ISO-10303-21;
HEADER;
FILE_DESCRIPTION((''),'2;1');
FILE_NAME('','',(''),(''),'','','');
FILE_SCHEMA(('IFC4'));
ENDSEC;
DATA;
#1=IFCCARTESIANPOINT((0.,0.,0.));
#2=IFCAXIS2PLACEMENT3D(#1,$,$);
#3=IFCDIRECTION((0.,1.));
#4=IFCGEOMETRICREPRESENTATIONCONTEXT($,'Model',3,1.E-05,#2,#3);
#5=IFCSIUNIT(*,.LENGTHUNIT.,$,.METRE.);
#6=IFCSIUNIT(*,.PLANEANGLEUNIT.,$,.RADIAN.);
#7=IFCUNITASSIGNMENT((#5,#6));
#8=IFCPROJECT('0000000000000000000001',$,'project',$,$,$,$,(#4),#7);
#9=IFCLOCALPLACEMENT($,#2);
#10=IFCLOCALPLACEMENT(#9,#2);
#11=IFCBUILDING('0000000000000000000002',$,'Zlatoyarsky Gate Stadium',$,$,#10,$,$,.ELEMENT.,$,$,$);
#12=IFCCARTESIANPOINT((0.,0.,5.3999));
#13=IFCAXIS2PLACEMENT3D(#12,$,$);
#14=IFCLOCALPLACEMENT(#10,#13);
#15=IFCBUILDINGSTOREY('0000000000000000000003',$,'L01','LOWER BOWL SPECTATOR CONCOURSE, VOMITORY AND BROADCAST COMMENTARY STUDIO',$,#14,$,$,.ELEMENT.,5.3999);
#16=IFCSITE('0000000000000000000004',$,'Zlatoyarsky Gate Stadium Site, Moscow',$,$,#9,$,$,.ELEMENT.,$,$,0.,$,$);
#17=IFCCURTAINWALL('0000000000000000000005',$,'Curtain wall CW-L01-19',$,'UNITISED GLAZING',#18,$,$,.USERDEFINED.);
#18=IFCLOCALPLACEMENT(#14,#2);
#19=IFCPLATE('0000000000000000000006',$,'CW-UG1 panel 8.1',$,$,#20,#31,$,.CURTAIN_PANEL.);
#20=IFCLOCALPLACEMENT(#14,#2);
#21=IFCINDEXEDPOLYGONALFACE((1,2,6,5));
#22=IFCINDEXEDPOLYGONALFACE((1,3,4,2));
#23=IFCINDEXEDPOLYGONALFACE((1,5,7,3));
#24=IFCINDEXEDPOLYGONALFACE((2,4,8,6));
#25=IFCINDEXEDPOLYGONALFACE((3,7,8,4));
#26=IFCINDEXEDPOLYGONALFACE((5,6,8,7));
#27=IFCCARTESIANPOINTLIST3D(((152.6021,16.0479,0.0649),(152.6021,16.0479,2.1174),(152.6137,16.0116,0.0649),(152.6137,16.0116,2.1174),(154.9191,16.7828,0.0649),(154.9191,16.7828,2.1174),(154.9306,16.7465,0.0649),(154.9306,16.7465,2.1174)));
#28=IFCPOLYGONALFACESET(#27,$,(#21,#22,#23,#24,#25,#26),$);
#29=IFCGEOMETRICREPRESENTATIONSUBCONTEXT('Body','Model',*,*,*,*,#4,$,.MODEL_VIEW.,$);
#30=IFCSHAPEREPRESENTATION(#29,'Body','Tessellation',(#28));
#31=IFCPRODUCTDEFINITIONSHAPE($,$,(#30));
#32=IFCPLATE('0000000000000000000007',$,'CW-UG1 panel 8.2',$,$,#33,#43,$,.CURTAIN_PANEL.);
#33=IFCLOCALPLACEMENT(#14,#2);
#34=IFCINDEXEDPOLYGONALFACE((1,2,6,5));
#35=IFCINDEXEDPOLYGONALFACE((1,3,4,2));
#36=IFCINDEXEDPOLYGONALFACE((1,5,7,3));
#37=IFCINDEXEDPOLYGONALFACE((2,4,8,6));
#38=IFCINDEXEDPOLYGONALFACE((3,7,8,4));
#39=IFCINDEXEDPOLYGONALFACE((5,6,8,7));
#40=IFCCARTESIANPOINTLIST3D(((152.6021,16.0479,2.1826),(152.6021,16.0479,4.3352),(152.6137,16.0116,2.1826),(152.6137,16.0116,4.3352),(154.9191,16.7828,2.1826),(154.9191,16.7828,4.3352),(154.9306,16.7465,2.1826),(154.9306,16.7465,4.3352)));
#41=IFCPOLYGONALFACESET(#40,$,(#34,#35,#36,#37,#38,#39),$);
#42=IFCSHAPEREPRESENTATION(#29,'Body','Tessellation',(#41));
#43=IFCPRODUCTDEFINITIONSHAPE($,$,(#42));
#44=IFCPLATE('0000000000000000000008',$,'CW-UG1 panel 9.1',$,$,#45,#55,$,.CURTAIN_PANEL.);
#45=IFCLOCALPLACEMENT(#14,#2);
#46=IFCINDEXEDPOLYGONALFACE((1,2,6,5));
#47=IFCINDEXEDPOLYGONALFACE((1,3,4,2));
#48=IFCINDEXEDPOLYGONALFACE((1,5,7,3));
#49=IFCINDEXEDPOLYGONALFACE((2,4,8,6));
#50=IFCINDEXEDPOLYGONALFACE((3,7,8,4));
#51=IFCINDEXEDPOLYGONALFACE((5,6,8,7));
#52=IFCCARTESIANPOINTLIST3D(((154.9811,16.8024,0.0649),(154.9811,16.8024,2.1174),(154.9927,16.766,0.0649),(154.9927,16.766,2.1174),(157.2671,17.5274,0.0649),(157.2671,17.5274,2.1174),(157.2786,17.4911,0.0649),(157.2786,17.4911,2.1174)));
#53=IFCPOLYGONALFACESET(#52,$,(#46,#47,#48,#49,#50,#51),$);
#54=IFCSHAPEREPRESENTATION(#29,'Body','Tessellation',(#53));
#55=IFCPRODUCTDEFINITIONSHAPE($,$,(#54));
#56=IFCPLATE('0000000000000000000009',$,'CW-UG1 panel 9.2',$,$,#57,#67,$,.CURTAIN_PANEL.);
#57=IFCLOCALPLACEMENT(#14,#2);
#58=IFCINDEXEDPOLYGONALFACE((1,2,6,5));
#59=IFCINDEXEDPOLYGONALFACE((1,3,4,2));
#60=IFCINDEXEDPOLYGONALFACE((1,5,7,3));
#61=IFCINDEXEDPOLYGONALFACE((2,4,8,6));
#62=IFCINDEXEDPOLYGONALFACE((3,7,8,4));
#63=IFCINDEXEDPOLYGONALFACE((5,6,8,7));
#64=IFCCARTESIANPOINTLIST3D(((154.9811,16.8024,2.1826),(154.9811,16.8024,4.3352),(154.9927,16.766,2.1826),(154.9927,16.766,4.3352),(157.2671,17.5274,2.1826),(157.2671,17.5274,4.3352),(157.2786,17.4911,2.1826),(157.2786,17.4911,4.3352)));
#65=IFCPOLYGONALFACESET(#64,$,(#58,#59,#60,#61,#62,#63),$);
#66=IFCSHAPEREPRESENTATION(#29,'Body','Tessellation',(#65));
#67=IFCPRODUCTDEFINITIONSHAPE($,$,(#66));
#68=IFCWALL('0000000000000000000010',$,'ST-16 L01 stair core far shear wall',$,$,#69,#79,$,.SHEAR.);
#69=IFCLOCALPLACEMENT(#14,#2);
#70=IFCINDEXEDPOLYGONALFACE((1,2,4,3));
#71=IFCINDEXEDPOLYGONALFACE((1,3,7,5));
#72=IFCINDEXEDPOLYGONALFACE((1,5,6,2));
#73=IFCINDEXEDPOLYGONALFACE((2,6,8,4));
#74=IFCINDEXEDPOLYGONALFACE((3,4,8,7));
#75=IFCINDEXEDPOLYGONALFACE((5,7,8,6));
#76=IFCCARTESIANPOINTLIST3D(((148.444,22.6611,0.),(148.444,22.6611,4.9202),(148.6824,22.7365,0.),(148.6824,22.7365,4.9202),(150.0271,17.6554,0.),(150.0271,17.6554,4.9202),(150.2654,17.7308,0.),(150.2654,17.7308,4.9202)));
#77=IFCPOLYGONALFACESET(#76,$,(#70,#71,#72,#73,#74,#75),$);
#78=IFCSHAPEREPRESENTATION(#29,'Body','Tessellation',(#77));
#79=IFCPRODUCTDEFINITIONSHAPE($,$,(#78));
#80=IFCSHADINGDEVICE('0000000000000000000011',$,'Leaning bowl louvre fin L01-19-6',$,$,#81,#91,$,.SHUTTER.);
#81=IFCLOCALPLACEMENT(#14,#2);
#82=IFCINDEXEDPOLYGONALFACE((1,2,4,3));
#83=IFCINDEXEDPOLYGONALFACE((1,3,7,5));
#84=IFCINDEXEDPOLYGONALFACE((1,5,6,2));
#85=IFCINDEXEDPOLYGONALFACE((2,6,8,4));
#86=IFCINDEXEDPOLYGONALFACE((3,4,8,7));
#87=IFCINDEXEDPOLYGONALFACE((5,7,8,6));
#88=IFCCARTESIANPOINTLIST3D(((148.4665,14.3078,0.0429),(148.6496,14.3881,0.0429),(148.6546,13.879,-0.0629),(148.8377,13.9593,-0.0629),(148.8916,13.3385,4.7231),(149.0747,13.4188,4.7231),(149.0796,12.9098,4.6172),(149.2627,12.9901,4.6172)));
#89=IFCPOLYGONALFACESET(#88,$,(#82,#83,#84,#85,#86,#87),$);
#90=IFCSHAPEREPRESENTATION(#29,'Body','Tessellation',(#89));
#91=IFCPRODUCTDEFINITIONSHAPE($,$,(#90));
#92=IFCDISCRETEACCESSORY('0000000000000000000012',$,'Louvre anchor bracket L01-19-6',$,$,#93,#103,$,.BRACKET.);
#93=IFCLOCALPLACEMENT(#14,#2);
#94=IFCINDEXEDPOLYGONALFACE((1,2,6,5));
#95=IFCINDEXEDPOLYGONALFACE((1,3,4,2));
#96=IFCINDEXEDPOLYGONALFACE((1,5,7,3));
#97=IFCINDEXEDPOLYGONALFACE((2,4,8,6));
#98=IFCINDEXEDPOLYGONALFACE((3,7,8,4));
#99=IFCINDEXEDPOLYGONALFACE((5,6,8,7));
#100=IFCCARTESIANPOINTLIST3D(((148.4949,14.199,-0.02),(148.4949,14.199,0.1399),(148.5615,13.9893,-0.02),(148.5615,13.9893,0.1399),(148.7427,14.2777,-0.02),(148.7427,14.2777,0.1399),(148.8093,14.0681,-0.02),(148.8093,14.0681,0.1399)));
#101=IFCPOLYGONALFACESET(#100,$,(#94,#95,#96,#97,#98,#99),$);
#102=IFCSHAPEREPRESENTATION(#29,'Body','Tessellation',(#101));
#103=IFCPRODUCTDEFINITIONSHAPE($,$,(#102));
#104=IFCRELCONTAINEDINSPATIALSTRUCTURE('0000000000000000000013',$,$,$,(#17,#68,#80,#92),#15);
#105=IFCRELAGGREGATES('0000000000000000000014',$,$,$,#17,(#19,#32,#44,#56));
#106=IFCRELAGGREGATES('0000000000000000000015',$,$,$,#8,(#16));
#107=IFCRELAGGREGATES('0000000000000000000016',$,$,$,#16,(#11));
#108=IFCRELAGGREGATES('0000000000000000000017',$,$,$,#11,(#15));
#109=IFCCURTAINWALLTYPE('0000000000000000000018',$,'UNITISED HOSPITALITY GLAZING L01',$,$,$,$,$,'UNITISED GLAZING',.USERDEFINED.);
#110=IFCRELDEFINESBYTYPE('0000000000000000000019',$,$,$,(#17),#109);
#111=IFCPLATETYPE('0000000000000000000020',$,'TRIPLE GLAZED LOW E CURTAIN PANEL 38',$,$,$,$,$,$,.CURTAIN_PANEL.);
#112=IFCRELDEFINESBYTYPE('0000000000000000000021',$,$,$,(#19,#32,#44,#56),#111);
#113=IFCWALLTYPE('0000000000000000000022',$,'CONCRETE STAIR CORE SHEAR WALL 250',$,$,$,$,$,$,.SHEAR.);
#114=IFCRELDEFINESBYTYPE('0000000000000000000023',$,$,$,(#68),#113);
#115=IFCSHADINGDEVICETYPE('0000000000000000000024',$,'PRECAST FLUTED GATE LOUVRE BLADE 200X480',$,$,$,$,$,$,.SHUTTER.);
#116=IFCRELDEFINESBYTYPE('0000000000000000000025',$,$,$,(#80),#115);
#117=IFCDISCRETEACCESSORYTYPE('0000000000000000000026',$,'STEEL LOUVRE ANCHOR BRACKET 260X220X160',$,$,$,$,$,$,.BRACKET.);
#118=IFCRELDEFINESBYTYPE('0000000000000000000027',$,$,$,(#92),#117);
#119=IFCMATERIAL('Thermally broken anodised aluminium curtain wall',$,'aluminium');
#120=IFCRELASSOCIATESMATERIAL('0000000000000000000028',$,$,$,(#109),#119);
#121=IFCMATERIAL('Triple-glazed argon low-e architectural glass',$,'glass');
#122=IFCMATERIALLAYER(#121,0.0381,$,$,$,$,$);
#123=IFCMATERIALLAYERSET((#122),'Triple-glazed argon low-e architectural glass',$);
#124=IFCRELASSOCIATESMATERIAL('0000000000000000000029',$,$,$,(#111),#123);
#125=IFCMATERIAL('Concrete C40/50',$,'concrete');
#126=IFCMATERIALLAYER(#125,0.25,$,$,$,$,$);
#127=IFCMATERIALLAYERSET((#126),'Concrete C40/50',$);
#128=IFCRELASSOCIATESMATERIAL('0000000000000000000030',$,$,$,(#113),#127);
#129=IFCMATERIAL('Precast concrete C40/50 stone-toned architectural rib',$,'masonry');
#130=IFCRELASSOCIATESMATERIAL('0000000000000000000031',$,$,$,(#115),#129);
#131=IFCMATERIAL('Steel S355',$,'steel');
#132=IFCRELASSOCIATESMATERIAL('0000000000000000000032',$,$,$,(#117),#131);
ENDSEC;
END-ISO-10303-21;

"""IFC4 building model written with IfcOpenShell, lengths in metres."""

from ifc_helpers import new_model, si_unit, direction, frame, frame_2d, origin, origin_2d, place, context, subcontext, project, spatial, rectangle, extrude, material, layer, layer_set, material_profile, profile_set, type_object, element, aggregate, save


model = new_model("IFC4")

# Units and contexts
model_context = context("Model", 3, precision=1e-05, world=origin(), true_north=direction((0.0, 1.0)))
body_context = subcontext(model_context, "Body", "Model", "MODEL_VIEW")
ifc_project = project(units=[si_unit("LENGTHUNIT", "METRE"), si_unit("PLANEANGLEUNIT", "RADIAN")], contexts=[model_context])

# Site, building, storey
site_placement = place(None, origin())
site = spatial("IfcSite", under=ifc_project, at=site_placement, Name="Zlatoyarsky Gate Stadium Site, Moscow", CompositionType="ELEMENT", RefElevation=0.0)
building_placement = place(site_placement, origin())
building = spatial("IfcBuilding", under=site, at=building_placement, Name="Zlatoyarsky Gate Stadium", CompositionType="ELEMENT")
storey_placement = place(building_placement, frame((0.0, 0.0, 5.3999)))
storey = spatial("IfcBuildingStorey", under=building, at=storey_placement, Name="L01", Description="LOWER BOWL SPECTATOR CONCOURSE, VOMITORY AND BROADCAST COMMENTARY STUDIO", CompositionType="ELEMENT", Elevation=5.3999)

# Shared definitions
ifc_material_1 = material(Name="Steel S355", Category="steel")

# Curtain wall
ifc_material_2 = material(Name="Thermally broken anodised aluminium curtain wall", Category="aluminium")
curtain_wall_type = type_object("IfcCurtainWallType", Name="UNITISED HOSPITALITY GLAZING L01", ElementType="UNITISED GLAZING", PredefinedType="USERDEFINED", material=ifc_material_2)
curtain_wall_placement = place(storey_placement, origin())
curtain_wall = element("IfcCurtainWall", 1, at=curtain_wall_placement, inside=storey, type_object=curtain_wall_type, Name="Curtain wall CW-L01-19", ObjectType="UNITISED GLAZING", PredefinedType="USERDEFINED")

# Plates
ifc_material_3 = material(Name="Triple-glazed argon low-e architectural glass", Category="glass")
ifc_layer_1 = layer(ifc_material_3, 0.0381)
ifc_layer_set_1 = layer_set([ifc_layer_1], Name="Triple-glazed argon low-e architectural glass")
plate_type_1 = type_object("IfcPlateType", Name="TRIPLE GLAZED LOW E CURTAIN PANEL 38", PredefinedType="CURTAIN_PANEL", material=ifc_layer_set_1)
plate_1_placement = place(storey_placement, frame((153.7664, 16.3972, 0.0649), z_axis=(0.0, 0.0, 1.0), x_axis=(0.953202, 0.302334, 0.0)))
plate_1 = element("IfcPlate", 2, at=plate_1_placement, type_object=plate_type_1, Name="CW-UG1 panel 8.1", PredefinedType="CURTAIN_PANEL", context=body_context, shape_type="SweptSolid", body=[
    extrude(rectangle(XDim=2.4307, YDim=0.0381, at=origin_2d()), origin(), (0.0, 0.0, 1.0), 2.0525),
])
plate_2_placement = place(storey_placement, frame((153.7664, 16.3972, 2.1826), z_axis=(0.0, 0.0, 1.0), x_axis=(0.953202, 0.302334, 0.0)))
plate_2 = element("IfcPlate", 3, at=plate_2_placement, type_object=plate_type_1, Name="CW-UG1 panel 8.2", PredefinedType="CURTAIN_PANEL", context=body_context, shape_type="SweptSolid", body=[
    extrude(rectangle(XDim=2.4307, YDim=0.0381, at=origin_2d()), origin(), (0.0, 0.0, 1.0), 2.1526),
])
plate_3_placement = place(storey_placement, frame((156.1299, 17.1467, 0.0649), z_axis=(0.0, 0.0, 1.0), x_axis=(0.953202, 0.302334, 0.0)))
plate_3 = element("IfcPlate", 4, at=plate_3_placement, type_object=plate_type_1, Name="CW-UG1 panel 9.1", PredefinedType="CURTAIN_PANEL", context=body_context, shape_type="SweptSolid", body=[
    extrude(rectangle(XDim=2.3982, YDim=0.0381, at=origin_2d()), origin(), (0.0, 0.0, 1.0), 2.0525),
])
plate_4_placement = place(storey_placement, frame((156.1299, 17.1467, 2.1826), z_axis=(0.0, 0.0, 1.0), x_axis=(0.953202, 0.302334, 0.0)))
plate_4 = element("IfcPlate", 5, at=plate_4_placement, type_object=plate_type_1, Name="CW-UG1 panel 9.2", PredefinedType="CURTAIN_PANEL", context=body_context, shape_type="SweptSolid", body=[
    extrude(rectangle(XDim=2.3982, YDim=0.0381, at=origin_2d()), origin(), (0.0, 0.0, 1.0), 2.1526),
])
aggregate(curtain_wall, [plate_1, plate_2, plate_3, plate_4])

# Wall
ifc_material_4 = material(Name="Concrete C40/50", Category="concrete")
ifc_layer_2 = layer(ifc_material_4, 0.25)
ifc_layer_set_2 = layer_set([ifc_layer_2], Name="Concrete C40/50")
wall_type = type_object("IfcWallType", Name="CONCRETE STAIR CORE SHEAR WALL 250", PredefinedType="SHEAR", material=ifc_layer_set_2)
wall_placement = place(storey_placement, frame((150.1462, 17.6931, 0.0), z_axis=(0.0, 0.0, 1.0), x_axis=(-0.301527, 0.953457, 0.0)))
element("IfcWall", 6, at=wall_placement, inside=storey, type_object=wall_type, Name="ST-16 L01 stair core far shear wall", PredefinedType="SHEAR", context=body_context, shape_type="SweptSolid", body=[
    extrude(rectangle(XDim=5.25, YDim=0.25, at=frame_2d((2.625, 0.0))), origin(), (0.0, 0.0, 1.0), 4.9202),
])

# Shading device
ifc_material_5 = material(Name="Precast concrete C40/50 stone-toned architectural rib", Category="masonry")
ifc_material_profile_1 = material_profile(ifc_material_5, rectangle(XDim=0.2, YDim=0.48, at=origin_2d()), Name="RIB 200X480")
ifc_profile_set_1 = profile_set([ifc_material_profile_1], Name="Precast concrete C40/50 stone-toned architectural rib")
shading_device_type = type_object("IfcShadingDeviceType", Name="PRECAST FLUTED GATE LOUVRE BLADE 200X480", PredefinedType="SHUTTER", material=ifc_profile_set_1)
shading_device_placement = place(storey_placement, frame((148.6521, 14.1335, -0.01), z_axis=(0.088582, -0.201994, 0.975372), x_axis=(0.915808, 0.401617, 0.0)))
element("IfcShadingDevice", 7, at=shading_device_placement, inside=storey, type_object=shading_device_type, Name="Leaning bowl louvre fin L01-19-6", PredefinedType="SHUTTER", context=body_context, shape_type="SweptSolid", body=[
    extrude(rectangle(XDim=0.2, YDim=0.48, at=origin_2d()), origin(), (0.0, 0.0, 1.0), 4.7983),
])

# Discrete accessory
discrete_accessory_type = type_object("IfcDiscreteAccessoryType", Name="STEEL LOUVRE ANCHOR BRACKET 260X220X160", PredefinedType="BRACKET", material=ifc_material_1)
discrete_accessory_placement = place(storey_placement, frame((148.6521, 14.1335, -0.02), z_axis=(0.0, 0.0, 1.0), x_axis=(0.953027, 0.302886, 0.0)))
element("IfcDiscreteAccessory", 8, at=discrete_accessory_placement, inside=storey, type_object=discrete_accessory_type, Name="Louvre anchor bracket L01-19-6", PredefinedType="BRACKET", context=body_context, shape_type="SweptSolid", body=[
    extrude(rectangle(XDim=0.26, YDim=0.22, at=origin_2d()), origin(), (0.0, 0.0, 1.0), 0.1599),
])

save(model, "model.ifc")
